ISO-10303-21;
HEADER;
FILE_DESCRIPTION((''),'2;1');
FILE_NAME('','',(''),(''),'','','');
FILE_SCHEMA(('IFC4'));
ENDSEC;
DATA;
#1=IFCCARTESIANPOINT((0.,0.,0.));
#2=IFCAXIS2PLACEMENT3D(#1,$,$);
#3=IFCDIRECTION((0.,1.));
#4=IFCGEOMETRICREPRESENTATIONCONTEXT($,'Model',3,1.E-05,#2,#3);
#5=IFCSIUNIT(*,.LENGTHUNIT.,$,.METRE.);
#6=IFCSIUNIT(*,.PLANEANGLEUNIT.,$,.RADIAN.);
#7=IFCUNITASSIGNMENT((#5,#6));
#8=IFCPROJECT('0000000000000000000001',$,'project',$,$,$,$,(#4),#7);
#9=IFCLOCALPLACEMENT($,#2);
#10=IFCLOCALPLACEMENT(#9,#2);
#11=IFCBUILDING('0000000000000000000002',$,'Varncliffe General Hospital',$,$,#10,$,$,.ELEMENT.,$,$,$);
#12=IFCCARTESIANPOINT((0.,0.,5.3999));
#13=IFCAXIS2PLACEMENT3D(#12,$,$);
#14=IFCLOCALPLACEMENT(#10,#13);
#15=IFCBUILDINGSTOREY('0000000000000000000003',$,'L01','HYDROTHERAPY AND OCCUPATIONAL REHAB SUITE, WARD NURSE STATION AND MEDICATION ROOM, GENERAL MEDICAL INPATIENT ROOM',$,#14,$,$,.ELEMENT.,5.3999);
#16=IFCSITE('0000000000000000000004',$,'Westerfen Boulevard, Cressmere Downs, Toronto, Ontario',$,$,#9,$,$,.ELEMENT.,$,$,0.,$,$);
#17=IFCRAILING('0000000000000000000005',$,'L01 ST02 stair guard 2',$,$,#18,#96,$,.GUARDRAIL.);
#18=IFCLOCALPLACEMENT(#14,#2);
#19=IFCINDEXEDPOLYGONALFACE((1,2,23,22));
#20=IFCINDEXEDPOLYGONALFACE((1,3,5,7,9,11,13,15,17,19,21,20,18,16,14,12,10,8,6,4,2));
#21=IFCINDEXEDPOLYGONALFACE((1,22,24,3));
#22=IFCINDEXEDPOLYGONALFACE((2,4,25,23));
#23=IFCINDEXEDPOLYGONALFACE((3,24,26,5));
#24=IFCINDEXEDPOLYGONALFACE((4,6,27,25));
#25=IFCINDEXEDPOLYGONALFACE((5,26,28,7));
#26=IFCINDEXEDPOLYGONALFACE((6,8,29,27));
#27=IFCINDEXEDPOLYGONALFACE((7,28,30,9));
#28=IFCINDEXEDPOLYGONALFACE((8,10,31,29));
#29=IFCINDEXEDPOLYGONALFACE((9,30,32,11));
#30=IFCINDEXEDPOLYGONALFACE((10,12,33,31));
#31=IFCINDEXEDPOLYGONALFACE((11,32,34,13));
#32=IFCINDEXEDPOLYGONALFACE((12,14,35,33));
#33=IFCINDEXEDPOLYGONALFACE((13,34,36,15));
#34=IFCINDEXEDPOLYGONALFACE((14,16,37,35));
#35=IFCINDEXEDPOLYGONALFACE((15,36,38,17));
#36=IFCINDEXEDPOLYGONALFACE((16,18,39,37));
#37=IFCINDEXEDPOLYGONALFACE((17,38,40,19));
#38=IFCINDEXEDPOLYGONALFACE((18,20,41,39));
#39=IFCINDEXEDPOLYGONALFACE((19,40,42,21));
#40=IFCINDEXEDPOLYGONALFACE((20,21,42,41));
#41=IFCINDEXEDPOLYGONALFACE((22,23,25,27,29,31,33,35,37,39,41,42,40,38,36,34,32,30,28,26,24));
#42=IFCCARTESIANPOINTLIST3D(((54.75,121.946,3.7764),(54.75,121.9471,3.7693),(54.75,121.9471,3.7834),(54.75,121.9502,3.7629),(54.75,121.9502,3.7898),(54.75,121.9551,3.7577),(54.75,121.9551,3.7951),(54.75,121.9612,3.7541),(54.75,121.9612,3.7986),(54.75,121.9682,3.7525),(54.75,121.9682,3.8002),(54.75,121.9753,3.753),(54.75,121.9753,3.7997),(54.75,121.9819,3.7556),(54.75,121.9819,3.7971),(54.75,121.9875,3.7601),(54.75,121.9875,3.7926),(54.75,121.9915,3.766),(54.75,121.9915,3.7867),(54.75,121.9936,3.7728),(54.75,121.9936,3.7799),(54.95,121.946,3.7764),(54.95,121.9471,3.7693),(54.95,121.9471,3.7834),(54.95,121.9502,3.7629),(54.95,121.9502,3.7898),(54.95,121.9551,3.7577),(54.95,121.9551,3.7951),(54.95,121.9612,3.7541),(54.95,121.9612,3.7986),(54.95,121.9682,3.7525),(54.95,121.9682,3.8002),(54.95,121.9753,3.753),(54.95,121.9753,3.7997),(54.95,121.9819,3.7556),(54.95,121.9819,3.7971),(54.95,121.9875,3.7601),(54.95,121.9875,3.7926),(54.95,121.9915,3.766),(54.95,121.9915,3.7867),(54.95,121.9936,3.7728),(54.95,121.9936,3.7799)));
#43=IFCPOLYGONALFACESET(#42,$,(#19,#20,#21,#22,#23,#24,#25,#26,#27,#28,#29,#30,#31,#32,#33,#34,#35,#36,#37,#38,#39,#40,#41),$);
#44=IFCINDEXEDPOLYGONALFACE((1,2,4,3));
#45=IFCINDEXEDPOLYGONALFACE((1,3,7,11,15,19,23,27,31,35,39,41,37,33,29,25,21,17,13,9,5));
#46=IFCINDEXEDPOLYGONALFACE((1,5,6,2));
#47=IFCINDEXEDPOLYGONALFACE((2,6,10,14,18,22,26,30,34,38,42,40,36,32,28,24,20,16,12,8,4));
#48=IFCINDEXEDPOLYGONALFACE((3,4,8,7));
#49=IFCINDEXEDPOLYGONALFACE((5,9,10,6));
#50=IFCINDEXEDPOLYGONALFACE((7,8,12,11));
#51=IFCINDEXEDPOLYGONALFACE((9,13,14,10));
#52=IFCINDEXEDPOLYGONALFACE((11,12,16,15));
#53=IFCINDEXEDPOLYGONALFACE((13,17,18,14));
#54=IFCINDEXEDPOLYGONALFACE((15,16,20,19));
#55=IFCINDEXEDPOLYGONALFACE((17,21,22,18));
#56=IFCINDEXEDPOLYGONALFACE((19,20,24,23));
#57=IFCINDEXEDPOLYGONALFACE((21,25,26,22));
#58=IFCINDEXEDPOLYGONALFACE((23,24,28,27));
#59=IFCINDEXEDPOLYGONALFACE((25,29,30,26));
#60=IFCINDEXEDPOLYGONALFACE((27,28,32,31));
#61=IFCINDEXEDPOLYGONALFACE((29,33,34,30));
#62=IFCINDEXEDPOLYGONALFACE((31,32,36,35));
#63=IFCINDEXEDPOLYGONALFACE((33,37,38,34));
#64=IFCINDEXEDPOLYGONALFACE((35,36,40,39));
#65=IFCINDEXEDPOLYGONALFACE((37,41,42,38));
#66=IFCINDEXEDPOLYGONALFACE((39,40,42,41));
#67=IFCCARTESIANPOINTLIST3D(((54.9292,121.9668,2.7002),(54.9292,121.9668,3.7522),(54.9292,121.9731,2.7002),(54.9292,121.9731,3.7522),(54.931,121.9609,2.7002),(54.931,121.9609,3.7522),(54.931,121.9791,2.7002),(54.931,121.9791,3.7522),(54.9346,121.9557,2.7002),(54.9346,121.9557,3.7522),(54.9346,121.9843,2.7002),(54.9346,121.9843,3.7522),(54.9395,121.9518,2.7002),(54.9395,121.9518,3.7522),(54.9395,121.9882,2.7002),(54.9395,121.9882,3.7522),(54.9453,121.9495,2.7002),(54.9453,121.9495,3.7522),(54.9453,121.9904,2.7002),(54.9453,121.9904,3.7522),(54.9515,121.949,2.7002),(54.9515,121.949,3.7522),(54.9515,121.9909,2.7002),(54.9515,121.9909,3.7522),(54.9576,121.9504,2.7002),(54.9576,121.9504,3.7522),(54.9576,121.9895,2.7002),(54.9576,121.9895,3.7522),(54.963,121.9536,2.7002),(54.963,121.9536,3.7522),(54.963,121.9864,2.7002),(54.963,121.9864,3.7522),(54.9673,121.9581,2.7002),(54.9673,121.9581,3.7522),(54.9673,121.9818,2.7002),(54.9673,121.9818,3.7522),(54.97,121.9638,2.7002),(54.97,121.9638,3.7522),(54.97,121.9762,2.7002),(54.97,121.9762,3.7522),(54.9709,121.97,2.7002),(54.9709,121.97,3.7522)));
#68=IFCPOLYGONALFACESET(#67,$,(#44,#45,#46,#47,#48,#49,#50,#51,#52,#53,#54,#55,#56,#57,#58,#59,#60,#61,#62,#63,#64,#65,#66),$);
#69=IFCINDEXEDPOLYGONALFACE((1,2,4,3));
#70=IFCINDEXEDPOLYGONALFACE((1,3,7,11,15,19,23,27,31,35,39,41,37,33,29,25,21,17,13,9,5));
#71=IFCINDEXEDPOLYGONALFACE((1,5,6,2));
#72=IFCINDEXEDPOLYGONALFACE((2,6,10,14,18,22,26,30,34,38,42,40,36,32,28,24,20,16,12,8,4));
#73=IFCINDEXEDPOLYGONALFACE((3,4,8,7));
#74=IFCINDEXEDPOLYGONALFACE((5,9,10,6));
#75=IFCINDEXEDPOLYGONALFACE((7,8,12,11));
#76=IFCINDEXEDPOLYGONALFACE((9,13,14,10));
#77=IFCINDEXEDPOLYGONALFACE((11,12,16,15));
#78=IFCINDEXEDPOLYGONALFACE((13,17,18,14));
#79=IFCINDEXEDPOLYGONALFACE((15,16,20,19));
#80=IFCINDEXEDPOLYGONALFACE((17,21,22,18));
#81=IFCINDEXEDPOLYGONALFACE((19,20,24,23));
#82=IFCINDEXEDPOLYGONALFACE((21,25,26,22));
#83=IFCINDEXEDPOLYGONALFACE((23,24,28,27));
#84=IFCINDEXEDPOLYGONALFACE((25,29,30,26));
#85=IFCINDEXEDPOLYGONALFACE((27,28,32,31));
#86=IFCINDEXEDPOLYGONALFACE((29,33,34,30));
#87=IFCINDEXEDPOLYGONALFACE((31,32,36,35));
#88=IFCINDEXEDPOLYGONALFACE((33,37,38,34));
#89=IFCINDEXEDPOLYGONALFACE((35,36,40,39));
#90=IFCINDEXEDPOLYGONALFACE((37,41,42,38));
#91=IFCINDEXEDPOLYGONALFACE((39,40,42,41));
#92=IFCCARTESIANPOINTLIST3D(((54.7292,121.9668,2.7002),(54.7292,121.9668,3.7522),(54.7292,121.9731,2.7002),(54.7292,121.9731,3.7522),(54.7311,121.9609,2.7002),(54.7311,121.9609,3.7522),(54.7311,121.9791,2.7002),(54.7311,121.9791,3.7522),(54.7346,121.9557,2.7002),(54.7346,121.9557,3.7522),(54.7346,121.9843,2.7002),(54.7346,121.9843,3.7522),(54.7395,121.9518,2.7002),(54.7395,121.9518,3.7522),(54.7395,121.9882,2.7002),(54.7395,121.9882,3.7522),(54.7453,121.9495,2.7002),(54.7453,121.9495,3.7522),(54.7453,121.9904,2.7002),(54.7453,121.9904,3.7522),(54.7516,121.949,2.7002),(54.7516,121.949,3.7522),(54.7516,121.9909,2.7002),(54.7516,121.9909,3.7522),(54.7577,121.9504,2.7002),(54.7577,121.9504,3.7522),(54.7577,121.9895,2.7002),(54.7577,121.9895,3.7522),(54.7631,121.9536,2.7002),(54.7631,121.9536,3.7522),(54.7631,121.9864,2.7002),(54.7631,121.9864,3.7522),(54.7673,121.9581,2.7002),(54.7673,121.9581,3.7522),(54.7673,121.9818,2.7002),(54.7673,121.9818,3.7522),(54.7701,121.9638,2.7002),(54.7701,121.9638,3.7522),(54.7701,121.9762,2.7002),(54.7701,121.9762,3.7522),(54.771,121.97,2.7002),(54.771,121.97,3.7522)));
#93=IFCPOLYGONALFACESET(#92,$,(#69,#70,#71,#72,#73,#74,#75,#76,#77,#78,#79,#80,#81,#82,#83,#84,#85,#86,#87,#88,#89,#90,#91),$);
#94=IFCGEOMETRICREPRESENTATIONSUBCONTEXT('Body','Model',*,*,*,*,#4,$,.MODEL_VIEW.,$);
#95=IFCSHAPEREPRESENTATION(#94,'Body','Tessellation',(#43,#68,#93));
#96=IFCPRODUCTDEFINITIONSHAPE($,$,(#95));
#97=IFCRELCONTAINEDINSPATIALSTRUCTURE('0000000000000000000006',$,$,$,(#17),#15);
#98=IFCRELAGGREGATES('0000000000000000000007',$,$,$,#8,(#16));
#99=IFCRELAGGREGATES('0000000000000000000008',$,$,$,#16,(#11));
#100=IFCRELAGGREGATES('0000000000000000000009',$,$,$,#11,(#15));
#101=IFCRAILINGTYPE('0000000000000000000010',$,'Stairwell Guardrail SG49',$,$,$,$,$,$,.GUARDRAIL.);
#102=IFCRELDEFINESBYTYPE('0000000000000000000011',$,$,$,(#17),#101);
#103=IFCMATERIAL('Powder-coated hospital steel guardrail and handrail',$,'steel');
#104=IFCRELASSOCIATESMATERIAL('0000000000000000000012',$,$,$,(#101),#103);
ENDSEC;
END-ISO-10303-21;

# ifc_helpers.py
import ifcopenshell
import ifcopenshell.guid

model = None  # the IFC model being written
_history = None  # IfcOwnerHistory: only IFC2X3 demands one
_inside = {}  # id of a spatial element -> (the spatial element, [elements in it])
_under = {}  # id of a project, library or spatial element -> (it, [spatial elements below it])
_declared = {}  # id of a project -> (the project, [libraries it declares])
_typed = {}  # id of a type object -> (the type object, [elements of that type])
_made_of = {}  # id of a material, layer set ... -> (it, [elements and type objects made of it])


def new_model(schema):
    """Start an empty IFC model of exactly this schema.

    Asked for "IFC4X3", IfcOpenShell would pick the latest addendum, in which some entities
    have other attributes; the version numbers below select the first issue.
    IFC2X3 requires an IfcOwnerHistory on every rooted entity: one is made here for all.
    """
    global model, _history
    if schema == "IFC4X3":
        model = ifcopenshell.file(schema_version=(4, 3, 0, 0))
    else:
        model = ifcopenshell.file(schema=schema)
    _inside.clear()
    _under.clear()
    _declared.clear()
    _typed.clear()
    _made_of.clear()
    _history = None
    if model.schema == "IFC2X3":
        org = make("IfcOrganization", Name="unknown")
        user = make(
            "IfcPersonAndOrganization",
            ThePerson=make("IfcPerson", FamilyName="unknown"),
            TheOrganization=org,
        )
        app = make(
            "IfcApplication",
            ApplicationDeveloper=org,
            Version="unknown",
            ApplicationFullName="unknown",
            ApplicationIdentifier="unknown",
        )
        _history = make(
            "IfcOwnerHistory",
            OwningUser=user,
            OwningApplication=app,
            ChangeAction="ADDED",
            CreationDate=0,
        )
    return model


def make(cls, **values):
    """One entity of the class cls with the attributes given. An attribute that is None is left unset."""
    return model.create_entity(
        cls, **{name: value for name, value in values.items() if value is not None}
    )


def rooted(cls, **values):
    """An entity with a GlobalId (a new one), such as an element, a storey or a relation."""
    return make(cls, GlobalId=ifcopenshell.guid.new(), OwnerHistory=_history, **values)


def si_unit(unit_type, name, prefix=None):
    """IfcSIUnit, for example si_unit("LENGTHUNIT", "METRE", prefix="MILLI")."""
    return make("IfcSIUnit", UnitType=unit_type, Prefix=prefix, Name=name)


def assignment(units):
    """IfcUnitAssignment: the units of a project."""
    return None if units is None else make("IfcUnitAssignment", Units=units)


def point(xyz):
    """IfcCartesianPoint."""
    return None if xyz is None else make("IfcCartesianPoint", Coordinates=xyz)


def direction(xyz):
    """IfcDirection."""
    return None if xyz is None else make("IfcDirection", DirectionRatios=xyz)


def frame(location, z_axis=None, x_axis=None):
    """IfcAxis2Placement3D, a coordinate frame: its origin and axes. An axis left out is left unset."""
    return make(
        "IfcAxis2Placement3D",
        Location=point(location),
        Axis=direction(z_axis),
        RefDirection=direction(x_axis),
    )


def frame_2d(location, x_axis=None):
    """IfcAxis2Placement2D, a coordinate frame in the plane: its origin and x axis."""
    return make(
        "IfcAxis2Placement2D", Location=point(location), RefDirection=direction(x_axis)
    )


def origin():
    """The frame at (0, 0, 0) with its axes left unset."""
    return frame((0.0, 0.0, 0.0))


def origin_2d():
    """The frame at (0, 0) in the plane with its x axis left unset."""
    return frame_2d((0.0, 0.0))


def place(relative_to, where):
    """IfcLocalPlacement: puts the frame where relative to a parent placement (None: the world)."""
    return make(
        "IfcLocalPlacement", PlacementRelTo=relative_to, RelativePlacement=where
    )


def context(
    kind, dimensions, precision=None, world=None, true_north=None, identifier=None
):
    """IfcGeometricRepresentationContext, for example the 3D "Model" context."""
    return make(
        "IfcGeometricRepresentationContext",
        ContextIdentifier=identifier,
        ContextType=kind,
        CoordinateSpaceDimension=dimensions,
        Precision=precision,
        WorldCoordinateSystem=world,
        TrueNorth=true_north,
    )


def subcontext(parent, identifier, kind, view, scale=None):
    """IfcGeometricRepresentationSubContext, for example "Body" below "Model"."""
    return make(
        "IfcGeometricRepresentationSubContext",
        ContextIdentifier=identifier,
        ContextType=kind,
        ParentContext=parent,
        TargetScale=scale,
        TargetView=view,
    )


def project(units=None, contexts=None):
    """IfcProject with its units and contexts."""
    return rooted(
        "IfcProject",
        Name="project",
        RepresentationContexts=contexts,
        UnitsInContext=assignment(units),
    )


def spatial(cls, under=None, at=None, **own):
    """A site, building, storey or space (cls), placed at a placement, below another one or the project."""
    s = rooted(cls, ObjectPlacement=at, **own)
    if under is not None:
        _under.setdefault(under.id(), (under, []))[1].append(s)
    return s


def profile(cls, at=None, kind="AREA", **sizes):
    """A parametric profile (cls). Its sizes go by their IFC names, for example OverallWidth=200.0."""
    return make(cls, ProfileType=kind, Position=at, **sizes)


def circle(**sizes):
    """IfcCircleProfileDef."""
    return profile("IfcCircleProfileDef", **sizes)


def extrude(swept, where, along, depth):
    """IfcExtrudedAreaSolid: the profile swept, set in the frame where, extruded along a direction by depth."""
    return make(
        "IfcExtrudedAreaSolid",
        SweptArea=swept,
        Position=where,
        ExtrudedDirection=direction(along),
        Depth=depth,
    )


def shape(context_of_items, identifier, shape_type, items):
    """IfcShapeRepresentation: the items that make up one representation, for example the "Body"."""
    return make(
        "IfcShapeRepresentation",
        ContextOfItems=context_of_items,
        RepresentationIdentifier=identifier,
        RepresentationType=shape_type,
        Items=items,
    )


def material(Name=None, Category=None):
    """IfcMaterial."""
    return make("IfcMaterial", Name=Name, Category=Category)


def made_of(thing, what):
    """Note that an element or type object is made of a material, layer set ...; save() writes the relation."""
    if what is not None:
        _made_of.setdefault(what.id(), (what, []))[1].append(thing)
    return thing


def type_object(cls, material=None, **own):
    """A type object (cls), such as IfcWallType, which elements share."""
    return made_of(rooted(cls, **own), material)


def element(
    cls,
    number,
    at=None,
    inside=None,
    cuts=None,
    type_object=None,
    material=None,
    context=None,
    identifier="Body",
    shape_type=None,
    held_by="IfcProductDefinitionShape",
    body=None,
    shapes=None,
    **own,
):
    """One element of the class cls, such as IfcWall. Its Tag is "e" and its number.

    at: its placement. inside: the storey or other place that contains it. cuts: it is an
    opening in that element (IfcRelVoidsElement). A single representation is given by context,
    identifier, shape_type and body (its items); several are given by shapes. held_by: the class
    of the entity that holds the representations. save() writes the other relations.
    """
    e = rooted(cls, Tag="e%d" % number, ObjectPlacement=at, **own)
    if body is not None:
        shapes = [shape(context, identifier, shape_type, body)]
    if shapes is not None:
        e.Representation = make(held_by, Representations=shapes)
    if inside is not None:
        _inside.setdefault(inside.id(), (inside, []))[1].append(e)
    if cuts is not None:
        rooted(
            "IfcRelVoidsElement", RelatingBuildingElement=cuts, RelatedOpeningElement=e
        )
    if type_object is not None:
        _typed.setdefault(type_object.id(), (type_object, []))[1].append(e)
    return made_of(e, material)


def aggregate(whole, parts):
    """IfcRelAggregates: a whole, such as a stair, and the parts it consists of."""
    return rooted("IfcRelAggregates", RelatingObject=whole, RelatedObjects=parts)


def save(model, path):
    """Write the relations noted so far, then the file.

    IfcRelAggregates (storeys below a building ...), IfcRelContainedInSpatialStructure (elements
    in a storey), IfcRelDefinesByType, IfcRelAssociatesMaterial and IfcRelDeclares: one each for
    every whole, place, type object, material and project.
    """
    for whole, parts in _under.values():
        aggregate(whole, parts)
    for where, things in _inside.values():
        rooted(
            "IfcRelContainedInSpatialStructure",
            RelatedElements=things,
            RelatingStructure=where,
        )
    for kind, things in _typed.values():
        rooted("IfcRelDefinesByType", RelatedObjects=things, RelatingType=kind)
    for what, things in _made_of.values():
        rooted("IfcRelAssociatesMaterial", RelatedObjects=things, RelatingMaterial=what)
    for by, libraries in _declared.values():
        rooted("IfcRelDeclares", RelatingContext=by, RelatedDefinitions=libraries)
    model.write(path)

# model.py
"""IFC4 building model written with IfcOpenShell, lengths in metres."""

from ifc_helpers import new_model, si_unit, direction, frame, origin, origin_2d, place, context, subcontext, project, spatial, circle, extrude, material, type_object, element, save


model = new_model("IFC4")

# Units and contexts
model_context = context("Model", 3, precision=1e-05, world=origin(), true_north=direction((0.0, 1.0)))
body_context = subcontext(model_context, "Body", "Model", "MODEL_VIEW")
ifc_project = project(units=[si_unit("LENGTHUNIT", "METRE"), si_unit("PLANEANGLEUNIT", "RADIAN")], contexts=[model_context])

# Site, building, storey
site_placement = place(None, origin())
site = spatial("IfcSite", under=ifc_project, at=site_placement, Name="Westerfen Boulevard, Cressmere Downs, Toronto, Ontario", CompositionType="ELEMENT", RefElevation=0.0)
building_placement = place(site_placement, origin())
building = spatial("IfcBuilding", under=site, at=building_placement, Name="Varncliffe General Hospital", CompositionType="ELEMENT")
storey_placement = place(building_placement, frame((0.0, 0.0, 5.3999)))
storey = spatial("IfcBuildingStorey", under=building, at=storey_placement, Name="L01", Description="HYDROTHERAPY AND OCCUPATIONAL REHAB SUITE, WARD NURSE STATION AND MEDICATION ROOM, GENERAL MEDICAL INPATIENT ROOM", CompositionType="ELEMENT", Elevation=5.3999)

# Railing
ifc_material_1 = material(Name="Powder-coated hospital steel guardrail and handrail", Category="steel")
railing_type_1 = type_object("IfcRailingType", Name="Stairwell Guardrail SG49", PredefinedType="GUARDRAIL", material=ifc_material_1)
railing_1_placement = place(storey_placement, frame((54.95, 121.97, 2.7002)))
element("IfcRailing", 1, at=railing_1_placement, inside=storey, type_object=railing_type_1, Name="L01 ST02 stair guard 2", PredefinedType="GUARDRAIL", context=body_context, shape_type="SweptSolid", body=[
    extrude(circle(Radius=0.0239, at=origin_2d()), frame((0.0, 0.0, 1.0762), z_axis=(-1.0, 0.0, 0.0), x_axis=(0.0, -1.0, 0.0)), (0.0, 0.0, 1.0), 0.2),
    extrude(circle(Radius=0.021, at=origin_2d()), origin(), (0.0, 0.0, 1.0), 1.052),
    extrude(circle(Radius=0.021, at=origin_2d()), frame((-0.2, 0.0, 0.0)), (0.0, 0.0, 1.0), 1.052),
])

save(model, "model.ifc")
